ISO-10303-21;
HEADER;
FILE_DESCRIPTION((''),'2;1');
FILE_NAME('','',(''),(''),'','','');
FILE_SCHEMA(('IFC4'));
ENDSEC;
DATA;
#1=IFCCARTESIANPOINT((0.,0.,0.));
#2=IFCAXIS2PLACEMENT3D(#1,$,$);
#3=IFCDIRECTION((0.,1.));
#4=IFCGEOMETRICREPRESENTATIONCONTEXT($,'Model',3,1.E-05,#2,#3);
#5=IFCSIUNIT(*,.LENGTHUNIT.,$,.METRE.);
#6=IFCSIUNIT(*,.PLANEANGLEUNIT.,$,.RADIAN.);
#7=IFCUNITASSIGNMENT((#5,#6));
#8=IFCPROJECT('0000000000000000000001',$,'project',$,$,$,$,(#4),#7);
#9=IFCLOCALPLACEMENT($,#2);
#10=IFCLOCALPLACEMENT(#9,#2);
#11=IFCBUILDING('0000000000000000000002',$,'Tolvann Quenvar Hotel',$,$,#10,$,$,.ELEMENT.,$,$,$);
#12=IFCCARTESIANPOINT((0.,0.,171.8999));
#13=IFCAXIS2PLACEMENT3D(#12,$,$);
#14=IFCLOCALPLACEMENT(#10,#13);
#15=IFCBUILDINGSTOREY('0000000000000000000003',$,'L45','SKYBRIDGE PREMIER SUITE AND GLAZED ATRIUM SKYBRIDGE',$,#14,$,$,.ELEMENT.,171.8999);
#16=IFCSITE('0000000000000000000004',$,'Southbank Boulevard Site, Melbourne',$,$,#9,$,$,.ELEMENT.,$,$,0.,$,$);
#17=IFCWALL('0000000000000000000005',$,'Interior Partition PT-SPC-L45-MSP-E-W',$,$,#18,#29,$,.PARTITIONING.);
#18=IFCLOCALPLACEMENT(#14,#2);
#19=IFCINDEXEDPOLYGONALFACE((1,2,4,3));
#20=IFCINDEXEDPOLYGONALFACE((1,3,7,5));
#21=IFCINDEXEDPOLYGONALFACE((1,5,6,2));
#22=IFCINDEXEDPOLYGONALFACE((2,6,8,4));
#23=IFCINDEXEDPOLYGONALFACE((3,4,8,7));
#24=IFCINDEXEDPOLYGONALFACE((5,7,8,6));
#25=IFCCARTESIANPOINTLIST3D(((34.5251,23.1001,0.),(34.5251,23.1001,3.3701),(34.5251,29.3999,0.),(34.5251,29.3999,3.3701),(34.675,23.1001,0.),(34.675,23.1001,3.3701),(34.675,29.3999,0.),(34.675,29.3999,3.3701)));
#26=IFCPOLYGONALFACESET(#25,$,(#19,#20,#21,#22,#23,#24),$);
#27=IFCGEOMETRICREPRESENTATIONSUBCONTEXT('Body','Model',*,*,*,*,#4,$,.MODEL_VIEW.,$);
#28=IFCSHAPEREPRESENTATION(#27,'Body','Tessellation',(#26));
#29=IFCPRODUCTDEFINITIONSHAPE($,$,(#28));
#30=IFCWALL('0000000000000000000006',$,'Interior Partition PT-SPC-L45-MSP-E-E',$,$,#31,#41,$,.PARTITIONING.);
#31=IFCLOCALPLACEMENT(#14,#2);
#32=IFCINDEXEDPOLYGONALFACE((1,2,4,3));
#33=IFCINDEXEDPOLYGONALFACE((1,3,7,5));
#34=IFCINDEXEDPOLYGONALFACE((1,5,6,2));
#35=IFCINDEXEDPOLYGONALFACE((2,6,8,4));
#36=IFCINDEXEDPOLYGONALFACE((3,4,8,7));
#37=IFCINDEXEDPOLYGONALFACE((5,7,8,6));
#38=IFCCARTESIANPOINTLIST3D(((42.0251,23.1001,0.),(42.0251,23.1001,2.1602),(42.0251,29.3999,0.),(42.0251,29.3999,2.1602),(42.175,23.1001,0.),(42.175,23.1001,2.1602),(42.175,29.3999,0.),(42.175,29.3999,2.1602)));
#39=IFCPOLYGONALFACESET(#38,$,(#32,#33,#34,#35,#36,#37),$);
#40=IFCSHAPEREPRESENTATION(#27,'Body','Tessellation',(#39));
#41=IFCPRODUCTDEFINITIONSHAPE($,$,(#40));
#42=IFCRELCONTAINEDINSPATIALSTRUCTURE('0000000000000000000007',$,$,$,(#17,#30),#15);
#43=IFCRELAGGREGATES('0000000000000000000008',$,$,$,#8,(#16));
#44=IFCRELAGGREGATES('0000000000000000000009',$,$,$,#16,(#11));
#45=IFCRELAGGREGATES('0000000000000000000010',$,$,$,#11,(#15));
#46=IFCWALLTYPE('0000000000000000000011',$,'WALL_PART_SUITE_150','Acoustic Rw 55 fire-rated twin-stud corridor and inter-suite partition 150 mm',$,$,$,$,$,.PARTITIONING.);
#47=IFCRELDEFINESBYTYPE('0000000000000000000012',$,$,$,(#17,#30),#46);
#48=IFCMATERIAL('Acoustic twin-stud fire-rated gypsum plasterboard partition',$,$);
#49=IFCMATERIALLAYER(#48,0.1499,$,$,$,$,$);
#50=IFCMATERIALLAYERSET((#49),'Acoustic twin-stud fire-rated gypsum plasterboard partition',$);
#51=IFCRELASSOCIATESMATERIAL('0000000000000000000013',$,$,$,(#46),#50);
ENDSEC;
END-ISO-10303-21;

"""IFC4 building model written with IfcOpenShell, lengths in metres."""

from ifc_helpers import new_model, si_unit, direction, frame, frame_2d, origin, place, context, subcontext, project, spatial, rectangle, extrude, material, layer, layer_set, type_object, element, save


model = new_model("IFC4")

# Units and contexts
model_context = context("Model", 3, precision=1e-05, world=origin(), true_north=direction((0.0, 1.0)))
body_context = subcontext(model_context, "Body", "Model", "MODEL_VIEW")
ifc_project = project(units=[si_unit("LENGTHUNIT", "METRE"), si_unit("PLANEANGLEUNIT", "RADIAN")], contexts=[model_context])

# Site, building, storey
site_placement = place(None, origin())
site = spatial("IfcSite", under=ifc_project, at=site_placement, Name="Southbank Boulevard Site, Melbourne", CompositionType="ELEMENT", RefElevation=0.0)
building_placement = place(site_placement, origin())
building = spatial("IfcBuilding", under=site, at=building_placement, Name="Tolvann Quenvar Hotel", CompositionType="ELEMENT")
storey_placement = place(building_placement, frame((0.0, 0.0, 171.8999)))
storey = spatial("IfcBuildingStorey", under=building, at=storey_placement, Name="L45", Description="SKYBRIDGE PREMIER SUITE AND GLAZED ATRIUM SKYBRIDGE", CompositionType="ELEMENT", Elevation=171.8999)

# Shared definitions
ifc_material_1 = material(Name="Acoustic twin-stud fire-rated gypsum plasterboard partition")

# Shared definitions
ifc_layer_1 = layer(ifc_material_1, 0.1499)
ifc_layer_set_1 = layer_set([ifc_layer_1], Name="Acoustic twin-stud fire-rated gypsum plasterboard partition")
wall_type_1 = type_object("IfcWallType", Name="WALL_PART_SUITE_150", Description="Acoustic Rw 55 fire-rated twin-stud corridor and inter-suite partition 150 mm", PredefinedType="PARTITIONING", material=ifc_layer_set_1)

# Walls
wall_1_placement = place(storey_placement, frame((34.6001, 23.1001, 0.0), z_axis=(0.0, 0.0, 1.0), x_axis=(0.0, 1.0, 0.0)))
element("IfcWall", 1, at=wall_1_placement, inside=storey, type_object=wall_type_1, Name="Interior Partition PT-SPC-L45-MSP-E-W", PredefinedType="PARTITIONING", context=body_context, shape_type="SweptSolid", body=[
    extrude(rectangle(XDim=6.2998, YDim=0.1499, at=frame_2d((3.1499, 0.0))), origin(), (0.0, 0.0, 1.0), 3.3701),
])
wall_2_placement = place(storey_placement, frame((42.1001, 23.1001, 0.0), z_axis=(0.0, 0.0, 1.0), x_axis=(0.0, 1.0, 0.0)))
element("IfcWall", 2, at=wall_2_placement, inside=storey, type_object=wall_type_1, Name="Interior Partition PT-SPC-L45-MSP-E-E", PredefinedType="PARTITIONING", context=body_context, shape_type="SweptSolid", body=[
    extrude(rectangle(XDim=6.2998, YDim=0.1499, at=frame_2d((3.1499, 0.0))), origin(), (0.0, 0.0, 1.0), 2.1602),
])

save(model, "model.ifc")
